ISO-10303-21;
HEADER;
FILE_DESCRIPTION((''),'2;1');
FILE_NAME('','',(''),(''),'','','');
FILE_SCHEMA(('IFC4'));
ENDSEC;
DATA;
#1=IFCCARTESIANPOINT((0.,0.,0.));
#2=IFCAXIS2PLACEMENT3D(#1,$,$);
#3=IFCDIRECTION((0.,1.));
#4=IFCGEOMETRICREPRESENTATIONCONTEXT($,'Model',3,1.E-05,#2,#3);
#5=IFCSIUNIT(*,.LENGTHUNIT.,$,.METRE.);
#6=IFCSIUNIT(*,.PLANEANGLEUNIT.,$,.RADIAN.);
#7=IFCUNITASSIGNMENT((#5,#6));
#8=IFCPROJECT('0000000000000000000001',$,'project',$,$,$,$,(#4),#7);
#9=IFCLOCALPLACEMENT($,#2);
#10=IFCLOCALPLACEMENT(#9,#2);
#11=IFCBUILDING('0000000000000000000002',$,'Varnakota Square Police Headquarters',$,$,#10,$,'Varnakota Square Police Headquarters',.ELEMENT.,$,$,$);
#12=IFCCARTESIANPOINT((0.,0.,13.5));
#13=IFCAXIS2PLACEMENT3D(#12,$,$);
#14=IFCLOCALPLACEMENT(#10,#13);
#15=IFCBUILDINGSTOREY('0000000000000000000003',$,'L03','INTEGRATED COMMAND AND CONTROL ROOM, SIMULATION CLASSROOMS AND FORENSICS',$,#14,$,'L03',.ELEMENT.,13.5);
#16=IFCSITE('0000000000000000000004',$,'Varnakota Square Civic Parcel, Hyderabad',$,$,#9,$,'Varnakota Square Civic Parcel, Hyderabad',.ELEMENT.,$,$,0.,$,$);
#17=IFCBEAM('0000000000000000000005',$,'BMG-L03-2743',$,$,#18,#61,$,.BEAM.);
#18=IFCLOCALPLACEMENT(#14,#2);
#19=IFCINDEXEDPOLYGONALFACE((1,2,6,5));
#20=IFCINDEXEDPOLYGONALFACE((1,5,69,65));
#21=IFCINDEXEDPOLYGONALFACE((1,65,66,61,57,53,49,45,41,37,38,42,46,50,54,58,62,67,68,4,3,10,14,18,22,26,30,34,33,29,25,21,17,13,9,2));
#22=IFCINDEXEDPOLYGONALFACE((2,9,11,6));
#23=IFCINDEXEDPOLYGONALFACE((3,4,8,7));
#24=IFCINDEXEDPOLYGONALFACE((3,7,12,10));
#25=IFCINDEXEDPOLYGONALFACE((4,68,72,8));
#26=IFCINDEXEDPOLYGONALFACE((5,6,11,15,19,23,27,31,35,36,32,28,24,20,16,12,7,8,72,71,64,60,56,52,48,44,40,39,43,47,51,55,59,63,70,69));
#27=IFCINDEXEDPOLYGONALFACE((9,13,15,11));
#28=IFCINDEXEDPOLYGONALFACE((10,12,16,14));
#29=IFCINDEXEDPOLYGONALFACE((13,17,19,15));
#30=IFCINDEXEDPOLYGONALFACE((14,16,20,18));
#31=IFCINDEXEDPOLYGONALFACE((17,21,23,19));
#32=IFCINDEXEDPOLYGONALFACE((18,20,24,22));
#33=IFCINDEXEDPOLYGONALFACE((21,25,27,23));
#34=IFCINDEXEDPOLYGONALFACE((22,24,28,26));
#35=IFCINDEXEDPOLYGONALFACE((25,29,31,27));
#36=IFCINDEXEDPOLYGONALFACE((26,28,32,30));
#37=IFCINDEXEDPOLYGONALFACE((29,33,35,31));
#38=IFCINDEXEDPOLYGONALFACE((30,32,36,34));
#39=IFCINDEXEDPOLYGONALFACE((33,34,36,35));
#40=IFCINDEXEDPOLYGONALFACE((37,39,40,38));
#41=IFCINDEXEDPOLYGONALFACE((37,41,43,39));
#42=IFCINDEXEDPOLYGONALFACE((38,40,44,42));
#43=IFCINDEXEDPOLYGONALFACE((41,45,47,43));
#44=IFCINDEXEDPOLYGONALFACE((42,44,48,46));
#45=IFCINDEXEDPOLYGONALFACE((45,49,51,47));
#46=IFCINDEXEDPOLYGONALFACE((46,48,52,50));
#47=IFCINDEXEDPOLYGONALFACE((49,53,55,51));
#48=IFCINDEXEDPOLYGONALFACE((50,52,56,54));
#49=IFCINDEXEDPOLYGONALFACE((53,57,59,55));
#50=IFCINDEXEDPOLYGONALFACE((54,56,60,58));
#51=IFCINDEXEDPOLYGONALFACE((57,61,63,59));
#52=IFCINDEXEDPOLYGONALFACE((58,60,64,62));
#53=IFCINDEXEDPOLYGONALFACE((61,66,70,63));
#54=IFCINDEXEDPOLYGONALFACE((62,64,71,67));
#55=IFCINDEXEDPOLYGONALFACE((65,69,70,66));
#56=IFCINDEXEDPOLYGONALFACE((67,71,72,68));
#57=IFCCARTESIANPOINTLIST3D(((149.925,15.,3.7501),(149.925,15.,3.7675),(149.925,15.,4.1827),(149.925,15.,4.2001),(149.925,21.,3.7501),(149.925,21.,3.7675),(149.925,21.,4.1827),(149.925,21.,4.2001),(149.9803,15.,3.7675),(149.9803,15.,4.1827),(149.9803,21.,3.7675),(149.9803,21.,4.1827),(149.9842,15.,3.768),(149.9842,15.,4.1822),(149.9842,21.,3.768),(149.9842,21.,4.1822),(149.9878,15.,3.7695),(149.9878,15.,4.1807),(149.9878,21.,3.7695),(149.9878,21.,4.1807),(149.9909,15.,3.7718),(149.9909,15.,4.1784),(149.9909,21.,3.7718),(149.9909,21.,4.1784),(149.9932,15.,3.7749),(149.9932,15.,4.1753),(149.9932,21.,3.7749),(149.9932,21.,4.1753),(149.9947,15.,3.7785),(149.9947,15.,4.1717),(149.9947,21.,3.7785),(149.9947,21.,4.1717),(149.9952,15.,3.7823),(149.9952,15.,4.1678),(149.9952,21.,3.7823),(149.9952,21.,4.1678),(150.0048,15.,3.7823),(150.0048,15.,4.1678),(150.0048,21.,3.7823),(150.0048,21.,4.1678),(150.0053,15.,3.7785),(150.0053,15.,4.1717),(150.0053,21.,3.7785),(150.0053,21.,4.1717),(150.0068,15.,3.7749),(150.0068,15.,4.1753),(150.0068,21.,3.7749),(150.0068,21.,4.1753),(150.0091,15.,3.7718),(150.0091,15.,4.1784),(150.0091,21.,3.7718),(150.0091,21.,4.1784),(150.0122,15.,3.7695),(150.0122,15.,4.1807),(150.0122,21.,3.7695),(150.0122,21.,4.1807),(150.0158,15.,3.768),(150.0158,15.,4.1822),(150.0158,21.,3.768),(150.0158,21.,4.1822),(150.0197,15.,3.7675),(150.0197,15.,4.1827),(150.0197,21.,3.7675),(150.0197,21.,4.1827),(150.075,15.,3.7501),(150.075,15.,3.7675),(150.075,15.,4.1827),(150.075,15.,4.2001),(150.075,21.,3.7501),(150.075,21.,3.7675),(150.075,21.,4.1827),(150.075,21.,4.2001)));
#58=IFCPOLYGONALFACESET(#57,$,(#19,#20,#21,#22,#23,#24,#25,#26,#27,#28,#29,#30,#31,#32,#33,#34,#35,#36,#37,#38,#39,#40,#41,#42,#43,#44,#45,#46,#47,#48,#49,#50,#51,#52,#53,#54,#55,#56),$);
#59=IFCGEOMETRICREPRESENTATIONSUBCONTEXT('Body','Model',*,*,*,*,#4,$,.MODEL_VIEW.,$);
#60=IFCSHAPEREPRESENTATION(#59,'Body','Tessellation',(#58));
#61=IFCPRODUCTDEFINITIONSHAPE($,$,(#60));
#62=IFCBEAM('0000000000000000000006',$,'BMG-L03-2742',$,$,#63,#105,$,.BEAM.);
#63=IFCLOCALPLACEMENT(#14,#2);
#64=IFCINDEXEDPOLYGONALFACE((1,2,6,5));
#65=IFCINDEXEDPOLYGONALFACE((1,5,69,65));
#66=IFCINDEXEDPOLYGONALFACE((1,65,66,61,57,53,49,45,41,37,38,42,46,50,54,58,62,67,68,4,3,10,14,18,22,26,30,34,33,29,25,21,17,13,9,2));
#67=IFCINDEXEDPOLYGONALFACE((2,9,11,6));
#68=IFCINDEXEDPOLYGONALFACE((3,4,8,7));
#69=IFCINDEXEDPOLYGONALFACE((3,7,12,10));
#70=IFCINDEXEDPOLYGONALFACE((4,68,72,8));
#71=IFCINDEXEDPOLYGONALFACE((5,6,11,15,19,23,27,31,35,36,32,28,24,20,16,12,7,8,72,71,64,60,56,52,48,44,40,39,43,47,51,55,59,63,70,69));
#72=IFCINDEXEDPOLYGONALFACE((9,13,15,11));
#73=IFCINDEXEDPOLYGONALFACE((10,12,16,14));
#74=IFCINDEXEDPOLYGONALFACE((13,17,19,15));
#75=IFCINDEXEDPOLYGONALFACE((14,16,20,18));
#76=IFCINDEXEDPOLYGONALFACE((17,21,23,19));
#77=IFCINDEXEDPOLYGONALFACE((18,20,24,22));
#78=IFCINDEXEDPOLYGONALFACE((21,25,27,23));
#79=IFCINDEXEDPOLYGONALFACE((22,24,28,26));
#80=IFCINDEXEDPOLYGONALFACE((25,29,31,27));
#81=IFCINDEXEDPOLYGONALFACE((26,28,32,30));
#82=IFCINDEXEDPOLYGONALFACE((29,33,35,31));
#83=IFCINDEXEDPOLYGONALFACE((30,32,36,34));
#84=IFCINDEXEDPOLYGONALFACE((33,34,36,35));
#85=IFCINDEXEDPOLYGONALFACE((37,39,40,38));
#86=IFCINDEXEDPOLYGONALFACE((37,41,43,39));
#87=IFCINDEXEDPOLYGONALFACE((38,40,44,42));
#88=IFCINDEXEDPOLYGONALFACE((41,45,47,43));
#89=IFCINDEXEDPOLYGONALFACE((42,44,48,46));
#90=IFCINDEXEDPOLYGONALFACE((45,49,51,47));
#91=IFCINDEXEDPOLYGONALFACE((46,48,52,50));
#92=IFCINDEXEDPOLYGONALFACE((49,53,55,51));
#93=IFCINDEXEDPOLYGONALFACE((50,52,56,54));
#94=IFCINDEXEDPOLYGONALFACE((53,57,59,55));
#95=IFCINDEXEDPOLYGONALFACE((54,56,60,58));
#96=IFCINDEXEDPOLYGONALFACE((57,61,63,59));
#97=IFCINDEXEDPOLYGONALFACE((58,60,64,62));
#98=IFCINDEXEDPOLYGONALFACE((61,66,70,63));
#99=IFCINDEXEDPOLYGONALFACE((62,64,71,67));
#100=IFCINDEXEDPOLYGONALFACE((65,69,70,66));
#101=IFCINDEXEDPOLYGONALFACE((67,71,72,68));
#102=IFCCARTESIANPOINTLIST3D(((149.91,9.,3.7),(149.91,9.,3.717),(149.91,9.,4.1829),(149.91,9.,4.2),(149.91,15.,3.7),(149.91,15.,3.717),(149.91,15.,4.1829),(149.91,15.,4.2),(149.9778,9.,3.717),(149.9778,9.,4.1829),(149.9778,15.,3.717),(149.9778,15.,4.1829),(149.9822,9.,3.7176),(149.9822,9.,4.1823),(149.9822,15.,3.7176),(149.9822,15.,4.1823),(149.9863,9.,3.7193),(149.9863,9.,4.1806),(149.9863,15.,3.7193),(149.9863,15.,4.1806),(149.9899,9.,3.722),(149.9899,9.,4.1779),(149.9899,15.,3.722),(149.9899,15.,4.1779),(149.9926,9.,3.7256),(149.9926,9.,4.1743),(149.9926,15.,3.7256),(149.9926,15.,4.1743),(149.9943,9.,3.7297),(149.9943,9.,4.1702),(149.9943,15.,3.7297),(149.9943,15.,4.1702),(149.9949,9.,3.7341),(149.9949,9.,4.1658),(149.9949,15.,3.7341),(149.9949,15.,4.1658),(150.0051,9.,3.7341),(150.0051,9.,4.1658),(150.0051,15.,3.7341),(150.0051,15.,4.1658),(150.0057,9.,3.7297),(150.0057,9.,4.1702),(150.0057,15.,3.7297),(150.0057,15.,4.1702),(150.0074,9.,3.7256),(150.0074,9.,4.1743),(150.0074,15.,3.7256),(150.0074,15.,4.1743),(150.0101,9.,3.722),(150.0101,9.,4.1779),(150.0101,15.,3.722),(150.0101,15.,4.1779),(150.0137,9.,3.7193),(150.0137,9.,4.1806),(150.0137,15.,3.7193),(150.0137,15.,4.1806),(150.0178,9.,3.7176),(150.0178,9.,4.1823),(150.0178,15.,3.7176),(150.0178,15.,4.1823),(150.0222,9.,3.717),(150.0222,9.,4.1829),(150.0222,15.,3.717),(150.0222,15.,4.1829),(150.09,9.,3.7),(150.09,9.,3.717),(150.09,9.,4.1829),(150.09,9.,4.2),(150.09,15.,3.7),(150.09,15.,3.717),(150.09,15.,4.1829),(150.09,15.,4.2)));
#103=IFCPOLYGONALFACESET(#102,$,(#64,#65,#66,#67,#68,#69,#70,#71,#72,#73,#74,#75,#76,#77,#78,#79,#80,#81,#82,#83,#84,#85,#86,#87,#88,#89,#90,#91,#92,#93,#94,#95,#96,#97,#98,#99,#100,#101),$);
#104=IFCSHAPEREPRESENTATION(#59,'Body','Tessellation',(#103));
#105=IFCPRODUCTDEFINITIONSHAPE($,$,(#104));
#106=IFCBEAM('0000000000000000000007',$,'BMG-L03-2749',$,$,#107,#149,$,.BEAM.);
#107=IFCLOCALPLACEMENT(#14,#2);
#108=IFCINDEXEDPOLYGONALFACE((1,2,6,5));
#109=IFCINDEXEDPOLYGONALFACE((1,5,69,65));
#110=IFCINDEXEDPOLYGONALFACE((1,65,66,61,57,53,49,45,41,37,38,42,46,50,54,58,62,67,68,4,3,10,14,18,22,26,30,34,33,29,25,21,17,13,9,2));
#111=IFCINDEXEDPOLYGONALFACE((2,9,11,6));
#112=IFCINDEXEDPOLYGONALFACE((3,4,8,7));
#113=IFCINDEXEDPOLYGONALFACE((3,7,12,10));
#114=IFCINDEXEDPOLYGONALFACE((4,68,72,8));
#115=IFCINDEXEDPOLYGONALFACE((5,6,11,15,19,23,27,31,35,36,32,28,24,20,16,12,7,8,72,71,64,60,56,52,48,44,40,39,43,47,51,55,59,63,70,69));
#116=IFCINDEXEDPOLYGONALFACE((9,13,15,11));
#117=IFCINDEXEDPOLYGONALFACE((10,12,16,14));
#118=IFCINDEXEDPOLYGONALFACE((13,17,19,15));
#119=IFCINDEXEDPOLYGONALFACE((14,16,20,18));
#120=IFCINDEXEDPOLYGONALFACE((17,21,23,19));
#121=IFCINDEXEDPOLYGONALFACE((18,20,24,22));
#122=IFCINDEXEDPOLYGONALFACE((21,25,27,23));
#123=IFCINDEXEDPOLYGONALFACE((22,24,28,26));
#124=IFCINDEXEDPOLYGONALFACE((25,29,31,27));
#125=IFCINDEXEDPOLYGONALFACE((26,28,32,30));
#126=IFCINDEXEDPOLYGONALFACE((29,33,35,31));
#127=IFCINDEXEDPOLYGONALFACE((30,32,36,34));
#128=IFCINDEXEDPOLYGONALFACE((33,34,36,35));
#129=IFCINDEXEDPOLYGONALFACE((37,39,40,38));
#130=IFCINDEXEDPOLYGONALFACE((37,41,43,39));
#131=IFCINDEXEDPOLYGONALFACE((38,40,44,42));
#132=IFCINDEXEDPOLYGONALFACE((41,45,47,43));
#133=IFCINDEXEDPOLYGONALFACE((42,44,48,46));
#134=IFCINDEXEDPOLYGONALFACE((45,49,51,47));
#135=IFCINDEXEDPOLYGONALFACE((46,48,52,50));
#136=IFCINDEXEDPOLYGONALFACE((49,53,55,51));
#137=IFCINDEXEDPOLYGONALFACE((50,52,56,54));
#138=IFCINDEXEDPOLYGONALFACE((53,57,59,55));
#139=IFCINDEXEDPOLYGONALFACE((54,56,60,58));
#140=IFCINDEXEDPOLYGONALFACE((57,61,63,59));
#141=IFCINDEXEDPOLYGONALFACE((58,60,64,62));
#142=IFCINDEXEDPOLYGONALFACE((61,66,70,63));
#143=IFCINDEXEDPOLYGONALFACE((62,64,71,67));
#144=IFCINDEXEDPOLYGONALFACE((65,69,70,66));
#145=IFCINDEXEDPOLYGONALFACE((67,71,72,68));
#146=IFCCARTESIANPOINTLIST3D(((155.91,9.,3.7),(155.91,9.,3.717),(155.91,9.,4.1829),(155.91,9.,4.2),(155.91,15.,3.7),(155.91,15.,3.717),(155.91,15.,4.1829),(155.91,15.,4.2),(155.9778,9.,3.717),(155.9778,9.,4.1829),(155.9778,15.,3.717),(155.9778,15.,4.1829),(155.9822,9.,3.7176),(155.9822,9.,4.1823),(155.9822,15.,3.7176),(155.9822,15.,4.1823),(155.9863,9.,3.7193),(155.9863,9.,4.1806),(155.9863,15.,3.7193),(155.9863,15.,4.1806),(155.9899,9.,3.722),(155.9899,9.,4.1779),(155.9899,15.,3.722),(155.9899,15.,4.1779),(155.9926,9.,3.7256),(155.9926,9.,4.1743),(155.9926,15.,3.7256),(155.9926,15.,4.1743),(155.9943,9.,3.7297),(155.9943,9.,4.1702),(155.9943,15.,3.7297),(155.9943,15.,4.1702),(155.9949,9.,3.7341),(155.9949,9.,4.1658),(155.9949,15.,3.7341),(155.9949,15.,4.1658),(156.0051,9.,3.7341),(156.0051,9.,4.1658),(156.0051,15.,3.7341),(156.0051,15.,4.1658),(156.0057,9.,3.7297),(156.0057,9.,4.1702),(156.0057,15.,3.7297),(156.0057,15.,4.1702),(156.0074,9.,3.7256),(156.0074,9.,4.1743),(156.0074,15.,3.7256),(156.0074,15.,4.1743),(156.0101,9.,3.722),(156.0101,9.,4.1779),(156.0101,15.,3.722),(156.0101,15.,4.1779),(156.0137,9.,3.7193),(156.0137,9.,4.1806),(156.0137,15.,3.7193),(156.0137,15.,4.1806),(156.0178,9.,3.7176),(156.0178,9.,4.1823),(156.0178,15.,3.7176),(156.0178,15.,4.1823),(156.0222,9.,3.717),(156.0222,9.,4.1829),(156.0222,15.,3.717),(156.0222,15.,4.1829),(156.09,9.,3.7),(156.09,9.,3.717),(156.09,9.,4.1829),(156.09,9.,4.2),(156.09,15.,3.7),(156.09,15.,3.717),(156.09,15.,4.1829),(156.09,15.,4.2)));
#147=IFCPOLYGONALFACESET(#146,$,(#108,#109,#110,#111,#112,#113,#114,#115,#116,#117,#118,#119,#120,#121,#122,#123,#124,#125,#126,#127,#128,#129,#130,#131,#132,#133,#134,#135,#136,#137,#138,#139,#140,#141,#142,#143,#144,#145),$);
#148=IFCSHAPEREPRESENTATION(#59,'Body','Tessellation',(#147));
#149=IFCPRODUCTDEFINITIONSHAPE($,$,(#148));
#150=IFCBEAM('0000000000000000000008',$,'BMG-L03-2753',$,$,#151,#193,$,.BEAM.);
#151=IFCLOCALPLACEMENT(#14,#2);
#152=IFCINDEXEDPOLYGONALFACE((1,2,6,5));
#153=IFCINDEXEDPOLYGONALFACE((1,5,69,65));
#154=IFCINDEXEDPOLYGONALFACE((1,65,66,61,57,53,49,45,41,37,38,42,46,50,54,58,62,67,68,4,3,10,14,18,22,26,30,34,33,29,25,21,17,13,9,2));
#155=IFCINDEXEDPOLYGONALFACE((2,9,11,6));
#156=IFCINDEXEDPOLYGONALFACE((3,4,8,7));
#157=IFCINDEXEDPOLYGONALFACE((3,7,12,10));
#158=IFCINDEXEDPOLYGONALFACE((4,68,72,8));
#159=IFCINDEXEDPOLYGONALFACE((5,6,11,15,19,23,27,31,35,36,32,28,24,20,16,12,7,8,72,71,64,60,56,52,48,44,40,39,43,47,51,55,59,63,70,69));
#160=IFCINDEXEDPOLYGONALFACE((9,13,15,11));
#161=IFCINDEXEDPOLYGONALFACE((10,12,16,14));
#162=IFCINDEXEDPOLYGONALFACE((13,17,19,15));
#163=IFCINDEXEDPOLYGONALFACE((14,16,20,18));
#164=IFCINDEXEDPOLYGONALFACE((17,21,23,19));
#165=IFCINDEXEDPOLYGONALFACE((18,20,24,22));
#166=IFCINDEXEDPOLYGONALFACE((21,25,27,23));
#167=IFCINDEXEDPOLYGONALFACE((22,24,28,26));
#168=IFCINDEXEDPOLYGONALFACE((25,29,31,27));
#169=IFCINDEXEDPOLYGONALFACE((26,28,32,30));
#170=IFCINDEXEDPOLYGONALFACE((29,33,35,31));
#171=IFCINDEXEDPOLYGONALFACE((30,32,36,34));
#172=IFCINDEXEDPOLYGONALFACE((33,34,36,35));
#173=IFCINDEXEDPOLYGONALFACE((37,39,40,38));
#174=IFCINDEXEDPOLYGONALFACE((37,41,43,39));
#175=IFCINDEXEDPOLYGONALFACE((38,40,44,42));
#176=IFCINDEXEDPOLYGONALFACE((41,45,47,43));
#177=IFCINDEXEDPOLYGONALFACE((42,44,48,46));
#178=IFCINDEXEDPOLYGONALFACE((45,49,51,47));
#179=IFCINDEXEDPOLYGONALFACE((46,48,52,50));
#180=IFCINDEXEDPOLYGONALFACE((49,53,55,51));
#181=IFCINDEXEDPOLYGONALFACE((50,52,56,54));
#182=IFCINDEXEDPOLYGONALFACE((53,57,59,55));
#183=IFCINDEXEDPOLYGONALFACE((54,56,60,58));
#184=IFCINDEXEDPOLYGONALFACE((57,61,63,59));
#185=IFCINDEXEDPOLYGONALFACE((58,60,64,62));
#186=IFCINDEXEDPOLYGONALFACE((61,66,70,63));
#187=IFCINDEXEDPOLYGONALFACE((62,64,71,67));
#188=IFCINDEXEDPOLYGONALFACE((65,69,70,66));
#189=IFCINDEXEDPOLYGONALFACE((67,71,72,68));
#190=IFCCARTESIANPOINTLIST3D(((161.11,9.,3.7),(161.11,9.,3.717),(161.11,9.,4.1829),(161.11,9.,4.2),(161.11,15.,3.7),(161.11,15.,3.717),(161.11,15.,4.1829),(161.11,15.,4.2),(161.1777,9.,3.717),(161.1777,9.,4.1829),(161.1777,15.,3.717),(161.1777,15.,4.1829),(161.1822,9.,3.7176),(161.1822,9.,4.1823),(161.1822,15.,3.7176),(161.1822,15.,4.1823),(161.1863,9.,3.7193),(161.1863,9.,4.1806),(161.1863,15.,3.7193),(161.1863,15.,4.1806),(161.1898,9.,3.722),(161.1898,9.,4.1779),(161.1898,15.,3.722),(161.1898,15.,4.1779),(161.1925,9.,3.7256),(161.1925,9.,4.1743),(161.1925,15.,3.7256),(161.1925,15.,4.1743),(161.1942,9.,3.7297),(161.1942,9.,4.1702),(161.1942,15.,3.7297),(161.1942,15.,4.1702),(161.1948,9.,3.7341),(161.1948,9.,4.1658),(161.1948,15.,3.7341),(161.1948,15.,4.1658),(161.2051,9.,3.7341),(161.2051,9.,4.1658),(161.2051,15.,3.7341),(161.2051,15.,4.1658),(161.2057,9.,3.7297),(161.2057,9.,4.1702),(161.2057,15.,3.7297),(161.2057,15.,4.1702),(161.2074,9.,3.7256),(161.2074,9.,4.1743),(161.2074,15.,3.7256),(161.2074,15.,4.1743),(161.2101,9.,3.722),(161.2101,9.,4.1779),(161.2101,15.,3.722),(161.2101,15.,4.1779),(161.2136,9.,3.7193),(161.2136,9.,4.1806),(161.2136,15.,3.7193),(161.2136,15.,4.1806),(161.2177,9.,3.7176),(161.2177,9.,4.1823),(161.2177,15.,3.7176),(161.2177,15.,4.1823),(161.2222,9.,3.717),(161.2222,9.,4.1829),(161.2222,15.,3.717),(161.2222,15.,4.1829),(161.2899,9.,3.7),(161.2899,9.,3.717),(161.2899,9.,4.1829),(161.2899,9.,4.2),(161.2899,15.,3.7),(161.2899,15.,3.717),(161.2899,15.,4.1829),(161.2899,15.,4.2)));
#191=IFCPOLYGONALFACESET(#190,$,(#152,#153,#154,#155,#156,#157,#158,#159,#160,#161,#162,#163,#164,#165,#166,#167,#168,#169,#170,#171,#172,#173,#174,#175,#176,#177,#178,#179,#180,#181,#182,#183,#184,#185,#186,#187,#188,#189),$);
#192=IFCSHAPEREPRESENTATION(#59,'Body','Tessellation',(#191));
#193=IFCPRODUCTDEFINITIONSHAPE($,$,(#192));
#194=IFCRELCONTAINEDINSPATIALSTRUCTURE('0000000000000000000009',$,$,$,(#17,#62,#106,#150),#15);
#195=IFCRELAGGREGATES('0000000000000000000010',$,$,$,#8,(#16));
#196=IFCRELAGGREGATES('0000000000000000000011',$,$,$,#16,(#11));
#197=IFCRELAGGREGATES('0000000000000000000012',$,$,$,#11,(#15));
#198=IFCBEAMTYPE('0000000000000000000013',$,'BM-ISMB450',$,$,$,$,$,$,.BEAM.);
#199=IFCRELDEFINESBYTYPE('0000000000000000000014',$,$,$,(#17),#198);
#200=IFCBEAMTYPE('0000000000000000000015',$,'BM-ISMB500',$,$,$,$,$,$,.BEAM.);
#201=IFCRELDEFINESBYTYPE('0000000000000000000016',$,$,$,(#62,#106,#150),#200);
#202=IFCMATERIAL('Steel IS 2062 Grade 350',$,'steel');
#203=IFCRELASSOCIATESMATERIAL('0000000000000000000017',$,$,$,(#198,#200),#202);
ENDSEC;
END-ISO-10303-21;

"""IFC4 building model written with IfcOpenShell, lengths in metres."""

from ifc_helpers import new_model, si_unit, direction, frame, origin, origin_2d, place, context, subcontext, project, spatial, i_section, extrude, material, material_profile, profile_set, type_object, element, save


model = new_model("IFC4")

# Units and contexts
model_context = context("Model", 3, precision=1e-05, world=origin(), true_north=direction((0.0, 1.0)))
body_context = subcontext(model_context, "Body", "Model", "MODEL_VIEW")
ifc_project = project(units=[si_unit("LENGTHUNIT", "METRE"), si_unit("PLANEANGLEUNIT", "RADIAN")], contexts=[model_context])

# Site, building, storey
site_placement = place(None, origin())
site = spatial("IfcSite", under=ifc_project, at=site_placement, Name="Varnakota Square Civic Parcel, Hyderabad", LongName="Varnakota Square Civic Parcel, Hyderabad", CompositionType="ELEMENT", RefElevation=0.0)
building_placement = place(site_placement, origin())
building = spatial("IfcBuilding", under=site, at=building_placement, Name="Varnakota Square Police Headquarters", LongName="Varnakota Square Police Headquarters", CompositionType="ELEMENT")
storey_placement = place(building_placement, frame((0.0, 0.0, 13.5)))
storey = spatial("IfcBuildingStorey", under=building, at=storey_placement, Name="L03", Description="INTEGRATED COMMAND AND CONTROL ROOM, SIMULATION CLASSROOMS AND FORENSICS", LongName="L03", CompositionType="ELEMENT", Elevation=13.5)

# Shared definitions
ifc_material_1 = material(Name="Steel IS 2062 Grade 350", Category="steel")

# Beams
ifc_material_profile_1 = material_profile(ifc_material_1, i_section(OverallWidth=0.1499, OverallDepth=0.45, WebThickness=0.0095, FlangeThickness=0.0173, FilletRadius=0.0149, at=origin_2d()), Name="ISMB 450")
ifc_profile_set_1 = profile_set([ifc_material_profile_1], Name="Steel IS 2062 Grade 350")
beam_type_1 = type_object("IfcBeamType", Name="BM-ISMB450", PredefinedType="BEAM", material=ifc_profile_set_1)
beam_1_placement = place(storey_placement, frame((150.0, 15.0, 3.9751), z_axis=(0.0, 1.0, 0.0), x_axis=(-1.0, 0.0, 0.0)))
element("IfcBeam", 1, at=beam_1_placement, inside=storey, type_object=beam_type_1, Name="BMG-L03-2743", PredefinedType="BEAM", context=body_context, shape_type="SweptSolid", body=[
    extrude(i_section(OverallWidth=0.1499, OverallDepth=0.45, WebThickness=0.0095, FlangeThickness=0.0173, FilletRadius=0.0149, at=origin_2d()), origin(), (0.0, 0.0, 1.0), 6.0),
])
ifc_material_profile_2 = material_profile(ifc_material_1, i_section(OverallWidth=0.1799, OverallDepth=0.5, WebThickness=0.0103, FlangeThickness=0.0171, FilletRadius=0.0171, at=origin_2d()), Name="ISMB 500")
ifc_profile_set_2 = profile_set([ifc_material_profile_2], Name="Steel IS 2062 Grade 350")
beam_type_2 = type_object("IfcBeamType", Name="BM-ISMB500", PredefinedType="BEAM", material=ifc_profile_set_2)
for number, where, z_axis, x_axis, name in (
    (2, (150.0, 9.0, 3.95), (0.0, 1.0, 0.0), (-1.0, 0.0, 0.0), "BMG-L03-2742"),
    (3, (156.0, 9.0, 3.95), (0.0, 1.0, 0.0), (-1.0, 0.0, 0.0), "BMG-L03-2749"),
    (4, (161.2, 9.0, 3.95), (0.0, 1.0, 0.0), (-1.0, 0.0, 0.0), "BMG-L03-2753"),
):
    element("IfcBeam", number, at=place(storey_placement, frame(where, z_axis=z_axis, x_axis=x_axis)), inside=storey, type_object=beam_type_2, Name=name, PredefinedType="BEAM", context=body_context, shape_type="SweptSolid", body=[
        extrude(i_section(OverallWidth=0.1799, OverallDepth=0.5, WebThickness=0.0103, FlangeThickness=0.0171, FilletRadius=0.0171, at=origin_2d()), origin(), (0.0, 0.0, 1.0), 6.0),
    ])

save(model, "model.ifc")
